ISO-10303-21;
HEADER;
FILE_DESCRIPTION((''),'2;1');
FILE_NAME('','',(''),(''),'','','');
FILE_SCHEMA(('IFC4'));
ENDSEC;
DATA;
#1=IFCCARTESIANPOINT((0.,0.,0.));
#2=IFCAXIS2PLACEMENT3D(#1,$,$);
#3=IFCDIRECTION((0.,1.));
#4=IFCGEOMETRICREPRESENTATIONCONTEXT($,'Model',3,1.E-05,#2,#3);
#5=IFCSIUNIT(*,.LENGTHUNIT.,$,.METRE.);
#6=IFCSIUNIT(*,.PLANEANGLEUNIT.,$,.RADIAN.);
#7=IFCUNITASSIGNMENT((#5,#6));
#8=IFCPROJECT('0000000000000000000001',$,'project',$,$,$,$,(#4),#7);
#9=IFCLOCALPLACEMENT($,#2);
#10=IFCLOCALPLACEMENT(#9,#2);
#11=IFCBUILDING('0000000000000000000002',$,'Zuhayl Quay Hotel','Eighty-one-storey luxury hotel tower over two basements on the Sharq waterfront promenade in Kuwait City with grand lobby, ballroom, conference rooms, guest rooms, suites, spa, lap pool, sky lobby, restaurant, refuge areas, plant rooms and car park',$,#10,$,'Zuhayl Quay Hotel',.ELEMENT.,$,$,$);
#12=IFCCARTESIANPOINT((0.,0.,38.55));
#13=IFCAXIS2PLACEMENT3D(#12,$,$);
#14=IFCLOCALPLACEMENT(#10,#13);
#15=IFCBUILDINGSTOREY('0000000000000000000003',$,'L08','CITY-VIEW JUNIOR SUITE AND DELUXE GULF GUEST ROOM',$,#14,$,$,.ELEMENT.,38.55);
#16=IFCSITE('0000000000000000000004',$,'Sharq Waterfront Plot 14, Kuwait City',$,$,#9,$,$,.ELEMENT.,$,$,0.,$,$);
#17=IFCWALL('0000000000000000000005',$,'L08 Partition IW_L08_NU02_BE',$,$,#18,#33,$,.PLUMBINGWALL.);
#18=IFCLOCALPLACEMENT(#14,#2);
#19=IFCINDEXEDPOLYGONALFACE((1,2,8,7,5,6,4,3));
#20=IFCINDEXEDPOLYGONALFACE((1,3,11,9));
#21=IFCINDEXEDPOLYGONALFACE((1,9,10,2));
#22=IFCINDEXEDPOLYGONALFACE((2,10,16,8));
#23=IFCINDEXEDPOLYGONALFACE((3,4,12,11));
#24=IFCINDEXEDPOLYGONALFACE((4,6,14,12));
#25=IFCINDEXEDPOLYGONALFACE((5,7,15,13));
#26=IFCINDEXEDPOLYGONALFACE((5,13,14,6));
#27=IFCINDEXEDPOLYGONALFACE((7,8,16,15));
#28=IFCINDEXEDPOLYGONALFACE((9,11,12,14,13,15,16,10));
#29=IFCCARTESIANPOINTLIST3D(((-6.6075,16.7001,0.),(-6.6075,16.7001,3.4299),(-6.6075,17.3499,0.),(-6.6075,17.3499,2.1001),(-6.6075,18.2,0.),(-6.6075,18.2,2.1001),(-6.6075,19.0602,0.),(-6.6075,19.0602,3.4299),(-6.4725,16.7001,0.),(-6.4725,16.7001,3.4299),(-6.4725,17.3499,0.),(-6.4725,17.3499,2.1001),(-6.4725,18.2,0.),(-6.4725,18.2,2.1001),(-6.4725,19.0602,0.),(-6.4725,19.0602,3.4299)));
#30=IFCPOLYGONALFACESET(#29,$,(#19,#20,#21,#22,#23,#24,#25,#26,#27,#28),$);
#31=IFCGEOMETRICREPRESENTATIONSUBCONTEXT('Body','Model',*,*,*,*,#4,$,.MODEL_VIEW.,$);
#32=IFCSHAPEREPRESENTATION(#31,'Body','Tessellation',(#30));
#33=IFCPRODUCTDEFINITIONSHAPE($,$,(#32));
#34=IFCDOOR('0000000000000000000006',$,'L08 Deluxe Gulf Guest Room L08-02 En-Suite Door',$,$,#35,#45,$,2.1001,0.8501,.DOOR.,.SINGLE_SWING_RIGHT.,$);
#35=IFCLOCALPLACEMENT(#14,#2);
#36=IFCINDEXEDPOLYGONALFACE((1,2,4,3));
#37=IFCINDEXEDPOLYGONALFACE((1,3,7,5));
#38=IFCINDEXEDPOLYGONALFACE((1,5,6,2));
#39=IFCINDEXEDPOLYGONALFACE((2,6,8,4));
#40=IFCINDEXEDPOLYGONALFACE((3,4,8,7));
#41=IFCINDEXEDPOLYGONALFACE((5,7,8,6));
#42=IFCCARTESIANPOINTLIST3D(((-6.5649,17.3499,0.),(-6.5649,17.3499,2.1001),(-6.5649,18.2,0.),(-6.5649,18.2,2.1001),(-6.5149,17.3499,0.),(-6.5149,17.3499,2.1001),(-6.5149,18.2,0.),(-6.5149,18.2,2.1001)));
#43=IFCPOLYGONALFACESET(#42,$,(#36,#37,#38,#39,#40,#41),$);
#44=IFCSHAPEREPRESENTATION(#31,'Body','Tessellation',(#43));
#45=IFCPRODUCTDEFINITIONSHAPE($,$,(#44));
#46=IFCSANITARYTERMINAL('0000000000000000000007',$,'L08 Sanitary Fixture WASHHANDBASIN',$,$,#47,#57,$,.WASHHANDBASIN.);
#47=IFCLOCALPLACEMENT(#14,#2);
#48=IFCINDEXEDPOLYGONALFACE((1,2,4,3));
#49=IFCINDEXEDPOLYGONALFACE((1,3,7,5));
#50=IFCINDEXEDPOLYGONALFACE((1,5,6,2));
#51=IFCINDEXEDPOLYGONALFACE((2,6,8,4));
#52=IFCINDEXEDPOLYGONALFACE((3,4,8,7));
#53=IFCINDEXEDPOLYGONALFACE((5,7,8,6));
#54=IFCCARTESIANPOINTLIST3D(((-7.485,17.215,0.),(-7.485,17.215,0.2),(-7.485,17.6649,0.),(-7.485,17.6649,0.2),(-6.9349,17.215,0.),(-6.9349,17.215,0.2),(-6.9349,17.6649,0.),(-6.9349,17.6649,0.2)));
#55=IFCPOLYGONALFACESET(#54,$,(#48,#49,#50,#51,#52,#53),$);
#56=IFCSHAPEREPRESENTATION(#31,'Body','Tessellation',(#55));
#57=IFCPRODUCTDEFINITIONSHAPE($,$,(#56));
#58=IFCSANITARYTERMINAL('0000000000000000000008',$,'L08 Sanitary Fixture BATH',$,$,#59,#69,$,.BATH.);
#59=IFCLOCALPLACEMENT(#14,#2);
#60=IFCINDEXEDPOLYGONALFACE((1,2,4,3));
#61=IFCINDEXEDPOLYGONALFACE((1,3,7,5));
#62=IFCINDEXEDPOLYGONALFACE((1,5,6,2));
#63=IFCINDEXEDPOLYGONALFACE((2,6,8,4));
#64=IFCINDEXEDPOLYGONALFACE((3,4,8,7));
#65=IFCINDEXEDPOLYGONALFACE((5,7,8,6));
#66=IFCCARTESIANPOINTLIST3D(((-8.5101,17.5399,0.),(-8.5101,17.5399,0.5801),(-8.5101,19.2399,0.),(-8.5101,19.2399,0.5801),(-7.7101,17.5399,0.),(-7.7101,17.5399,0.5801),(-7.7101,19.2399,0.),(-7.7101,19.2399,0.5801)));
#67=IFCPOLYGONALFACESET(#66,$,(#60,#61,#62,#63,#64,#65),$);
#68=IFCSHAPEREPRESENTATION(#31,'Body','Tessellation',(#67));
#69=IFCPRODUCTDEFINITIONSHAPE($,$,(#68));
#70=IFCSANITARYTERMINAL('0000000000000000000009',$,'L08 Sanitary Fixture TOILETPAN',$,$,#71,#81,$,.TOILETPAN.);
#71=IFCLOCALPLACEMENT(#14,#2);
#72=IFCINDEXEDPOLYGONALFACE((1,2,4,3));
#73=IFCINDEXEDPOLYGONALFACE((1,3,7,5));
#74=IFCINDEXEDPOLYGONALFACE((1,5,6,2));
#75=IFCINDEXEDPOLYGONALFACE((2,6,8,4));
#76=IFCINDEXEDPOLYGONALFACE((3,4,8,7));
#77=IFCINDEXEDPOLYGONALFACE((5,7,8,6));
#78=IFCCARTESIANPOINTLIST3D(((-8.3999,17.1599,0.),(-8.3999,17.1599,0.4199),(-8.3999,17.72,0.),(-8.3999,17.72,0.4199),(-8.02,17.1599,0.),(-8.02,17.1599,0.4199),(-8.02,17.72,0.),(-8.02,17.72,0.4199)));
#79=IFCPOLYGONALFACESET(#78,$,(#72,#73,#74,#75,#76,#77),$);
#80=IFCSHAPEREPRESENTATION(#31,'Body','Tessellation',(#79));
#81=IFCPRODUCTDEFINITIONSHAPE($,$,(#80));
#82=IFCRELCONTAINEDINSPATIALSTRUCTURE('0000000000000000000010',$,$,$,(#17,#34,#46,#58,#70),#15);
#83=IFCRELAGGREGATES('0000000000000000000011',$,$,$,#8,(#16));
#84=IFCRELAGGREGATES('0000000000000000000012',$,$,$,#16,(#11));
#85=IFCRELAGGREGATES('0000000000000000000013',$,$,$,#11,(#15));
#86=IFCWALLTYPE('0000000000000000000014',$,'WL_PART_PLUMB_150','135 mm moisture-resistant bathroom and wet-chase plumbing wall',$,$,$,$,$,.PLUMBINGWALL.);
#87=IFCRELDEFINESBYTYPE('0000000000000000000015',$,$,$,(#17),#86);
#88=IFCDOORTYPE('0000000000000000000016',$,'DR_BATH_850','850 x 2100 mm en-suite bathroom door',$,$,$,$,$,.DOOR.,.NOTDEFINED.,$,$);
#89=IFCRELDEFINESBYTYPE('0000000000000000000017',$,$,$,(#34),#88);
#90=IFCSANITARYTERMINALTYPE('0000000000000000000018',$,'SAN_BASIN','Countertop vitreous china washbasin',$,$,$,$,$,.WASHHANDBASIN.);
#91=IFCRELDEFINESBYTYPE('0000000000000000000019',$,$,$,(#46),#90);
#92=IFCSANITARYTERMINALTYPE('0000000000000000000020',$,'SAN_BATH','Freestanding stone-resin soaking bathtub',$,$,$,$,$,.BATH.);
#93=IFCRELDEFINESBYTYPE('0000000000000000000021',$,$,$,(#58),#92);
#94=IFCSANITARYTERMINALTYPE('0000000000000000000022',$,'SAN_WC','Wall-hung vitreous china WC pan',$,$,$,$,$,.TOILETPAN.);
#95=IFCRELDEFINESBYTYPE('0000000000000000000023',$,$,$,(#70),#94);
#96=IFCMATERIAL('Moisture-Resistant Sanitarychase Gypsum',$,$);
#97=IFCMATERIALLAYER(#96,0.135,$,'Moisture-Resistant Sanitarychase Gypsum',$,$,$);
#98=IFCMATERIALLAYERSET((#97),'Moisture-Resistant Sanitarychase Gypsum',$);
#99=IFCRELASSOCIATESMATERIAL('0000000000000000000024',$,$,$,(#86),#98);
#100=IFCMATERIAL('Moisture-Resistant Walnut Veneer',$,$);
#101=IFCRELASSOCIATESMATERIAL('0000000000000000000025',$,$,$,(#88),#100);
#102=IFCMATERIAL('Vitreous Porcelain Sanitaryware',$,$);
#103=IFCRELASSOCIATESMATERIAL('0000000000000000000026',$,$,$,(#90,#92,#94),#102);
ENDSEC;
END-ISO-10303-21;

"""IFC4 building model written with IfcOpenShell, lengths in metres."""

from ifc_helpers import new_model, si_unit, direction, frame, frame_2d, origin, origin_2d, place, context, subcontext, project, spatial, rectangle, extrude, material, layer, layer_set, type_object, element, fill, save


model = new_model("IFC4")

# Units and contexts
model_context = context("Model", 3, precision=1e-05, world=origin(), true_north=direction((0.0, 1.0)))
body_context = subcontext(model_context, "Body", "Model", "MODEL_VIEW")
ifc_project = project(units=[si_unit("LENGTHUNIT", "METRE"), si_unit("PLANEANGLEUNIT", "RADIAN")], contexts=[model_context])

# Site, building, storey
site_placement = place(None, origin())
site = spatial("IfcSite", under=ifc_project, at=site_placement, Name="Sharq Waterfront Plot 14, Kuwait City", CompositionType="ELEMENT", RefElevation=0.0)
building_placement = place(site_placement, origin())
building = spatial("IfcBuilding", under=site, at=building_placement, Name="Zuhayl Quay Hotel", Description="Eighty-one-storey luxury hotel tower over two basements on the Sharq waterfront promenade in Kuwait City with grand lobby, ballroom, conference rooms, guest rooms, suites, spa, lap pool, sky lobby, restaurant, refuge areas, plant rooms and car park", LongName="Zuhayl Quay Hotel", CompositionType="ELEMENT")
storey_placement = place(building_placement, frame((0.0, 0.0, 38.55)))
storey = spatial("IfcBuildingStorey", under=building, at=storey_placement, Name="L08", Description="CITY-VIEW JUNIOR SUITE AND DELUXE GULF GUEST ROOM", CompositionType="ELEMENT", Elevation=38.55)

# Wall, opening, door
ifc_material_1 = material(Name="Moisture-Resistant Sanitarychase Gypsum")
ifc_layer_1 = layer(ifc_material_1, 0.135, Name="Moisture-Resistant Sanitarychase Gypsum")
ifc_layer_set_1 = layer_set([ifc_layer_1], Name="Moisture-Resistant Sanitarychase Gypsum")
wall_type_1 = type_object("IfcWallType", Name="WL_PART_PLUMB_150", Description="135 mm moisture-resistant bathroom and wet-chase plumbing wall", PredefinedType="PLUMBINGWALL", material=ifc_layer_set_1)
wall_1_placement = place(storey_placement, frame((-6.54, 16.7, 0.0), z_axis=(0.0, 0.0, 1.0), x_axis=(0.0, 1.0, 0.0)))
wall_1 = element("IfcWall", 1, at=wall_1_placement, inside=storey, type_object=wall_type_1, Name="L08 Partition IW_L08_NU02_BE", PredefinedType="PLUMBINGWALL", context=body_context, shape_type="SweptSolid", body=[
    extrude(rectangle(XDim=2.3601, YDim=0.135, at=frame_2d((1.1802, 0.0))), origin(), (0.0, 0.0, 1.0), 3.4299),
])
opening_1_placement = place(wall_1_placement, frame((0.6499, 0.0, 0.0)))
opening_1 = element("IfcOpeningElement", 2, at=opening_1_placement, cuts=wall_1, PredefinedType="OPENING", context=body_context, shape_type="SweptSolid", body=[
    extrude(rectangle(XDim=0.8501, YDim=2.1001, at=frame_2d((0.425, 1.05))), frame((0.0, 0.0774, 0.0), z_axis=(0.0, -1.0, 0.0), x_axis=(1.0, 0.0, 0.0)), (0.0, 0.0, 1.0), 0.155),
])
ifc_material_2 = material(Name="Moisture-Resistant Walnut Veneer")
door_type_1 = type_object("IfcDoorType", Name="DR_BATH_850", Description="850 x 2100 mm en-suite bathroom door", OperationType="NOTDEFINED", PredefinedType="DOOR", material=ifc_material_2)
door_1_placement = place(opening_1_placement, origin())
door_1 = element("IfcDoor", 3, at=door_1_placement, inside=storey, type_object=door_type_1, Name="L08 Deluxe Gulf Guest Room L08-02 En-Suite Door", OperationType="SINGLE_SWING_RIGHT", OverallHeight=2.1001, OverallWidth=0.8501, PredefinedType="DOOR", context=body_context, shape_type="SweptSolid", body=[
    extrude(rectangle(XDim=0.8501, YDim=2.1001, at=frame_2d((0.425, 1.05))), frame((0.0, 0.0249, 0.0), z_axis=(0.0, -1.0, 0.0), x_axis=(1.0, 0.0, 0.0)), (0.0, 0.0, 1.0), 0.05),
])
fill(opening_1, door_1)

# Sanitary terminals
ifc_material_3 = material(Name="Vitreous Porcelain Sanitaryware")
sanitary_terminal_type_1 = type_object("IfcSanitaryTerminalType", Name="SAN_BASIN", Description="Countertop vitreous china washbasin", PredefinedType="WASHHANDBASIN", material=ifc_material_3)
sanitary_terminal_1_placement = place(storey_placement, frame((-7.21, 17.4399, 0.0), z_axis=(0.0, 0.0, 1.0), x_axis=(1.0, 0.0, 0.0)))
element("IfcSanitaryTerminal", 4, at=sanitary_terminal_1_placement, inside=storey, type_object=sanitary_terminal_type_1, Name="L08 Sanitary Fixture WASHHANDBASIN", PredefinedType="WASHHANDBASIN", context=body_context, shape_type="SweptSolid", body=[
    extrude(rectangle(XDim=0.55, YDim=0.45, at=origin_2d()), origin(), (0.0, 0.0, 1.0), 0.2),
])
sanitary_terminal_type_2 = type_object("IfcSanitaryTerminalType", Name="SAN_BATH", Description="Freestanding stone-resin soaking bathtub", PredefinedType="BATH", material=ifc_material_3)
sanitary_terminal_2_placement = place(storey_placement, frame((-8.1101, 18.3899, 0.0), z_axis=(0.0, 0.0, 1.0), x_axis=(1.0, 0.0, 0.0)))
element("IfcSanitaryTerminal", 5, at=sanitary_terminal_2_placement, inside=storey, type_object=sanitary_terminal_type_2, Name="L08 Sanitary Fixture BATH", PredefinedType="BATH", context=body_context, shape_type="SweptSolid", body=[
    extrude(rectangle(XDim=0.8, YDim=1.7, at=origin_2d()), origin(), (0.0, 0.0, 1.0), 0.5801),
])
sanitary_terminal_type_3 = type_object("IfcSanitaryTerminalType", Name="SAN_WC", Description="Wall-hung vitreous china WC pan", PredefinedType="TOILETPAN", material=ifc_material_3)
sanitary_terminal_3_placement = place(storey_placement, frame((-8.21, 17.4399, 0.0), z_axis=(0.0, 0.0, 1.0), x_axis=(1.0, 0.0, 0.0)))
element("IfcSanitaryTerminal", 6, at=sanitary_terminal_3_placement, inside=storey, type_object=sanitary_terminal_type_3, Name="L08 Sanitary Fixture TOILETPAN", PredefinedType="TOILETPAN", context=body_context, shape_type="SweptSolid", body=[
    extrude(rectangle(XDim=0.3799, YDim=0.5601, at=origin_2d()), origin(), (0.0, 0.0, 1.0), 0.4199),
])

save(model, "model.ifc")
